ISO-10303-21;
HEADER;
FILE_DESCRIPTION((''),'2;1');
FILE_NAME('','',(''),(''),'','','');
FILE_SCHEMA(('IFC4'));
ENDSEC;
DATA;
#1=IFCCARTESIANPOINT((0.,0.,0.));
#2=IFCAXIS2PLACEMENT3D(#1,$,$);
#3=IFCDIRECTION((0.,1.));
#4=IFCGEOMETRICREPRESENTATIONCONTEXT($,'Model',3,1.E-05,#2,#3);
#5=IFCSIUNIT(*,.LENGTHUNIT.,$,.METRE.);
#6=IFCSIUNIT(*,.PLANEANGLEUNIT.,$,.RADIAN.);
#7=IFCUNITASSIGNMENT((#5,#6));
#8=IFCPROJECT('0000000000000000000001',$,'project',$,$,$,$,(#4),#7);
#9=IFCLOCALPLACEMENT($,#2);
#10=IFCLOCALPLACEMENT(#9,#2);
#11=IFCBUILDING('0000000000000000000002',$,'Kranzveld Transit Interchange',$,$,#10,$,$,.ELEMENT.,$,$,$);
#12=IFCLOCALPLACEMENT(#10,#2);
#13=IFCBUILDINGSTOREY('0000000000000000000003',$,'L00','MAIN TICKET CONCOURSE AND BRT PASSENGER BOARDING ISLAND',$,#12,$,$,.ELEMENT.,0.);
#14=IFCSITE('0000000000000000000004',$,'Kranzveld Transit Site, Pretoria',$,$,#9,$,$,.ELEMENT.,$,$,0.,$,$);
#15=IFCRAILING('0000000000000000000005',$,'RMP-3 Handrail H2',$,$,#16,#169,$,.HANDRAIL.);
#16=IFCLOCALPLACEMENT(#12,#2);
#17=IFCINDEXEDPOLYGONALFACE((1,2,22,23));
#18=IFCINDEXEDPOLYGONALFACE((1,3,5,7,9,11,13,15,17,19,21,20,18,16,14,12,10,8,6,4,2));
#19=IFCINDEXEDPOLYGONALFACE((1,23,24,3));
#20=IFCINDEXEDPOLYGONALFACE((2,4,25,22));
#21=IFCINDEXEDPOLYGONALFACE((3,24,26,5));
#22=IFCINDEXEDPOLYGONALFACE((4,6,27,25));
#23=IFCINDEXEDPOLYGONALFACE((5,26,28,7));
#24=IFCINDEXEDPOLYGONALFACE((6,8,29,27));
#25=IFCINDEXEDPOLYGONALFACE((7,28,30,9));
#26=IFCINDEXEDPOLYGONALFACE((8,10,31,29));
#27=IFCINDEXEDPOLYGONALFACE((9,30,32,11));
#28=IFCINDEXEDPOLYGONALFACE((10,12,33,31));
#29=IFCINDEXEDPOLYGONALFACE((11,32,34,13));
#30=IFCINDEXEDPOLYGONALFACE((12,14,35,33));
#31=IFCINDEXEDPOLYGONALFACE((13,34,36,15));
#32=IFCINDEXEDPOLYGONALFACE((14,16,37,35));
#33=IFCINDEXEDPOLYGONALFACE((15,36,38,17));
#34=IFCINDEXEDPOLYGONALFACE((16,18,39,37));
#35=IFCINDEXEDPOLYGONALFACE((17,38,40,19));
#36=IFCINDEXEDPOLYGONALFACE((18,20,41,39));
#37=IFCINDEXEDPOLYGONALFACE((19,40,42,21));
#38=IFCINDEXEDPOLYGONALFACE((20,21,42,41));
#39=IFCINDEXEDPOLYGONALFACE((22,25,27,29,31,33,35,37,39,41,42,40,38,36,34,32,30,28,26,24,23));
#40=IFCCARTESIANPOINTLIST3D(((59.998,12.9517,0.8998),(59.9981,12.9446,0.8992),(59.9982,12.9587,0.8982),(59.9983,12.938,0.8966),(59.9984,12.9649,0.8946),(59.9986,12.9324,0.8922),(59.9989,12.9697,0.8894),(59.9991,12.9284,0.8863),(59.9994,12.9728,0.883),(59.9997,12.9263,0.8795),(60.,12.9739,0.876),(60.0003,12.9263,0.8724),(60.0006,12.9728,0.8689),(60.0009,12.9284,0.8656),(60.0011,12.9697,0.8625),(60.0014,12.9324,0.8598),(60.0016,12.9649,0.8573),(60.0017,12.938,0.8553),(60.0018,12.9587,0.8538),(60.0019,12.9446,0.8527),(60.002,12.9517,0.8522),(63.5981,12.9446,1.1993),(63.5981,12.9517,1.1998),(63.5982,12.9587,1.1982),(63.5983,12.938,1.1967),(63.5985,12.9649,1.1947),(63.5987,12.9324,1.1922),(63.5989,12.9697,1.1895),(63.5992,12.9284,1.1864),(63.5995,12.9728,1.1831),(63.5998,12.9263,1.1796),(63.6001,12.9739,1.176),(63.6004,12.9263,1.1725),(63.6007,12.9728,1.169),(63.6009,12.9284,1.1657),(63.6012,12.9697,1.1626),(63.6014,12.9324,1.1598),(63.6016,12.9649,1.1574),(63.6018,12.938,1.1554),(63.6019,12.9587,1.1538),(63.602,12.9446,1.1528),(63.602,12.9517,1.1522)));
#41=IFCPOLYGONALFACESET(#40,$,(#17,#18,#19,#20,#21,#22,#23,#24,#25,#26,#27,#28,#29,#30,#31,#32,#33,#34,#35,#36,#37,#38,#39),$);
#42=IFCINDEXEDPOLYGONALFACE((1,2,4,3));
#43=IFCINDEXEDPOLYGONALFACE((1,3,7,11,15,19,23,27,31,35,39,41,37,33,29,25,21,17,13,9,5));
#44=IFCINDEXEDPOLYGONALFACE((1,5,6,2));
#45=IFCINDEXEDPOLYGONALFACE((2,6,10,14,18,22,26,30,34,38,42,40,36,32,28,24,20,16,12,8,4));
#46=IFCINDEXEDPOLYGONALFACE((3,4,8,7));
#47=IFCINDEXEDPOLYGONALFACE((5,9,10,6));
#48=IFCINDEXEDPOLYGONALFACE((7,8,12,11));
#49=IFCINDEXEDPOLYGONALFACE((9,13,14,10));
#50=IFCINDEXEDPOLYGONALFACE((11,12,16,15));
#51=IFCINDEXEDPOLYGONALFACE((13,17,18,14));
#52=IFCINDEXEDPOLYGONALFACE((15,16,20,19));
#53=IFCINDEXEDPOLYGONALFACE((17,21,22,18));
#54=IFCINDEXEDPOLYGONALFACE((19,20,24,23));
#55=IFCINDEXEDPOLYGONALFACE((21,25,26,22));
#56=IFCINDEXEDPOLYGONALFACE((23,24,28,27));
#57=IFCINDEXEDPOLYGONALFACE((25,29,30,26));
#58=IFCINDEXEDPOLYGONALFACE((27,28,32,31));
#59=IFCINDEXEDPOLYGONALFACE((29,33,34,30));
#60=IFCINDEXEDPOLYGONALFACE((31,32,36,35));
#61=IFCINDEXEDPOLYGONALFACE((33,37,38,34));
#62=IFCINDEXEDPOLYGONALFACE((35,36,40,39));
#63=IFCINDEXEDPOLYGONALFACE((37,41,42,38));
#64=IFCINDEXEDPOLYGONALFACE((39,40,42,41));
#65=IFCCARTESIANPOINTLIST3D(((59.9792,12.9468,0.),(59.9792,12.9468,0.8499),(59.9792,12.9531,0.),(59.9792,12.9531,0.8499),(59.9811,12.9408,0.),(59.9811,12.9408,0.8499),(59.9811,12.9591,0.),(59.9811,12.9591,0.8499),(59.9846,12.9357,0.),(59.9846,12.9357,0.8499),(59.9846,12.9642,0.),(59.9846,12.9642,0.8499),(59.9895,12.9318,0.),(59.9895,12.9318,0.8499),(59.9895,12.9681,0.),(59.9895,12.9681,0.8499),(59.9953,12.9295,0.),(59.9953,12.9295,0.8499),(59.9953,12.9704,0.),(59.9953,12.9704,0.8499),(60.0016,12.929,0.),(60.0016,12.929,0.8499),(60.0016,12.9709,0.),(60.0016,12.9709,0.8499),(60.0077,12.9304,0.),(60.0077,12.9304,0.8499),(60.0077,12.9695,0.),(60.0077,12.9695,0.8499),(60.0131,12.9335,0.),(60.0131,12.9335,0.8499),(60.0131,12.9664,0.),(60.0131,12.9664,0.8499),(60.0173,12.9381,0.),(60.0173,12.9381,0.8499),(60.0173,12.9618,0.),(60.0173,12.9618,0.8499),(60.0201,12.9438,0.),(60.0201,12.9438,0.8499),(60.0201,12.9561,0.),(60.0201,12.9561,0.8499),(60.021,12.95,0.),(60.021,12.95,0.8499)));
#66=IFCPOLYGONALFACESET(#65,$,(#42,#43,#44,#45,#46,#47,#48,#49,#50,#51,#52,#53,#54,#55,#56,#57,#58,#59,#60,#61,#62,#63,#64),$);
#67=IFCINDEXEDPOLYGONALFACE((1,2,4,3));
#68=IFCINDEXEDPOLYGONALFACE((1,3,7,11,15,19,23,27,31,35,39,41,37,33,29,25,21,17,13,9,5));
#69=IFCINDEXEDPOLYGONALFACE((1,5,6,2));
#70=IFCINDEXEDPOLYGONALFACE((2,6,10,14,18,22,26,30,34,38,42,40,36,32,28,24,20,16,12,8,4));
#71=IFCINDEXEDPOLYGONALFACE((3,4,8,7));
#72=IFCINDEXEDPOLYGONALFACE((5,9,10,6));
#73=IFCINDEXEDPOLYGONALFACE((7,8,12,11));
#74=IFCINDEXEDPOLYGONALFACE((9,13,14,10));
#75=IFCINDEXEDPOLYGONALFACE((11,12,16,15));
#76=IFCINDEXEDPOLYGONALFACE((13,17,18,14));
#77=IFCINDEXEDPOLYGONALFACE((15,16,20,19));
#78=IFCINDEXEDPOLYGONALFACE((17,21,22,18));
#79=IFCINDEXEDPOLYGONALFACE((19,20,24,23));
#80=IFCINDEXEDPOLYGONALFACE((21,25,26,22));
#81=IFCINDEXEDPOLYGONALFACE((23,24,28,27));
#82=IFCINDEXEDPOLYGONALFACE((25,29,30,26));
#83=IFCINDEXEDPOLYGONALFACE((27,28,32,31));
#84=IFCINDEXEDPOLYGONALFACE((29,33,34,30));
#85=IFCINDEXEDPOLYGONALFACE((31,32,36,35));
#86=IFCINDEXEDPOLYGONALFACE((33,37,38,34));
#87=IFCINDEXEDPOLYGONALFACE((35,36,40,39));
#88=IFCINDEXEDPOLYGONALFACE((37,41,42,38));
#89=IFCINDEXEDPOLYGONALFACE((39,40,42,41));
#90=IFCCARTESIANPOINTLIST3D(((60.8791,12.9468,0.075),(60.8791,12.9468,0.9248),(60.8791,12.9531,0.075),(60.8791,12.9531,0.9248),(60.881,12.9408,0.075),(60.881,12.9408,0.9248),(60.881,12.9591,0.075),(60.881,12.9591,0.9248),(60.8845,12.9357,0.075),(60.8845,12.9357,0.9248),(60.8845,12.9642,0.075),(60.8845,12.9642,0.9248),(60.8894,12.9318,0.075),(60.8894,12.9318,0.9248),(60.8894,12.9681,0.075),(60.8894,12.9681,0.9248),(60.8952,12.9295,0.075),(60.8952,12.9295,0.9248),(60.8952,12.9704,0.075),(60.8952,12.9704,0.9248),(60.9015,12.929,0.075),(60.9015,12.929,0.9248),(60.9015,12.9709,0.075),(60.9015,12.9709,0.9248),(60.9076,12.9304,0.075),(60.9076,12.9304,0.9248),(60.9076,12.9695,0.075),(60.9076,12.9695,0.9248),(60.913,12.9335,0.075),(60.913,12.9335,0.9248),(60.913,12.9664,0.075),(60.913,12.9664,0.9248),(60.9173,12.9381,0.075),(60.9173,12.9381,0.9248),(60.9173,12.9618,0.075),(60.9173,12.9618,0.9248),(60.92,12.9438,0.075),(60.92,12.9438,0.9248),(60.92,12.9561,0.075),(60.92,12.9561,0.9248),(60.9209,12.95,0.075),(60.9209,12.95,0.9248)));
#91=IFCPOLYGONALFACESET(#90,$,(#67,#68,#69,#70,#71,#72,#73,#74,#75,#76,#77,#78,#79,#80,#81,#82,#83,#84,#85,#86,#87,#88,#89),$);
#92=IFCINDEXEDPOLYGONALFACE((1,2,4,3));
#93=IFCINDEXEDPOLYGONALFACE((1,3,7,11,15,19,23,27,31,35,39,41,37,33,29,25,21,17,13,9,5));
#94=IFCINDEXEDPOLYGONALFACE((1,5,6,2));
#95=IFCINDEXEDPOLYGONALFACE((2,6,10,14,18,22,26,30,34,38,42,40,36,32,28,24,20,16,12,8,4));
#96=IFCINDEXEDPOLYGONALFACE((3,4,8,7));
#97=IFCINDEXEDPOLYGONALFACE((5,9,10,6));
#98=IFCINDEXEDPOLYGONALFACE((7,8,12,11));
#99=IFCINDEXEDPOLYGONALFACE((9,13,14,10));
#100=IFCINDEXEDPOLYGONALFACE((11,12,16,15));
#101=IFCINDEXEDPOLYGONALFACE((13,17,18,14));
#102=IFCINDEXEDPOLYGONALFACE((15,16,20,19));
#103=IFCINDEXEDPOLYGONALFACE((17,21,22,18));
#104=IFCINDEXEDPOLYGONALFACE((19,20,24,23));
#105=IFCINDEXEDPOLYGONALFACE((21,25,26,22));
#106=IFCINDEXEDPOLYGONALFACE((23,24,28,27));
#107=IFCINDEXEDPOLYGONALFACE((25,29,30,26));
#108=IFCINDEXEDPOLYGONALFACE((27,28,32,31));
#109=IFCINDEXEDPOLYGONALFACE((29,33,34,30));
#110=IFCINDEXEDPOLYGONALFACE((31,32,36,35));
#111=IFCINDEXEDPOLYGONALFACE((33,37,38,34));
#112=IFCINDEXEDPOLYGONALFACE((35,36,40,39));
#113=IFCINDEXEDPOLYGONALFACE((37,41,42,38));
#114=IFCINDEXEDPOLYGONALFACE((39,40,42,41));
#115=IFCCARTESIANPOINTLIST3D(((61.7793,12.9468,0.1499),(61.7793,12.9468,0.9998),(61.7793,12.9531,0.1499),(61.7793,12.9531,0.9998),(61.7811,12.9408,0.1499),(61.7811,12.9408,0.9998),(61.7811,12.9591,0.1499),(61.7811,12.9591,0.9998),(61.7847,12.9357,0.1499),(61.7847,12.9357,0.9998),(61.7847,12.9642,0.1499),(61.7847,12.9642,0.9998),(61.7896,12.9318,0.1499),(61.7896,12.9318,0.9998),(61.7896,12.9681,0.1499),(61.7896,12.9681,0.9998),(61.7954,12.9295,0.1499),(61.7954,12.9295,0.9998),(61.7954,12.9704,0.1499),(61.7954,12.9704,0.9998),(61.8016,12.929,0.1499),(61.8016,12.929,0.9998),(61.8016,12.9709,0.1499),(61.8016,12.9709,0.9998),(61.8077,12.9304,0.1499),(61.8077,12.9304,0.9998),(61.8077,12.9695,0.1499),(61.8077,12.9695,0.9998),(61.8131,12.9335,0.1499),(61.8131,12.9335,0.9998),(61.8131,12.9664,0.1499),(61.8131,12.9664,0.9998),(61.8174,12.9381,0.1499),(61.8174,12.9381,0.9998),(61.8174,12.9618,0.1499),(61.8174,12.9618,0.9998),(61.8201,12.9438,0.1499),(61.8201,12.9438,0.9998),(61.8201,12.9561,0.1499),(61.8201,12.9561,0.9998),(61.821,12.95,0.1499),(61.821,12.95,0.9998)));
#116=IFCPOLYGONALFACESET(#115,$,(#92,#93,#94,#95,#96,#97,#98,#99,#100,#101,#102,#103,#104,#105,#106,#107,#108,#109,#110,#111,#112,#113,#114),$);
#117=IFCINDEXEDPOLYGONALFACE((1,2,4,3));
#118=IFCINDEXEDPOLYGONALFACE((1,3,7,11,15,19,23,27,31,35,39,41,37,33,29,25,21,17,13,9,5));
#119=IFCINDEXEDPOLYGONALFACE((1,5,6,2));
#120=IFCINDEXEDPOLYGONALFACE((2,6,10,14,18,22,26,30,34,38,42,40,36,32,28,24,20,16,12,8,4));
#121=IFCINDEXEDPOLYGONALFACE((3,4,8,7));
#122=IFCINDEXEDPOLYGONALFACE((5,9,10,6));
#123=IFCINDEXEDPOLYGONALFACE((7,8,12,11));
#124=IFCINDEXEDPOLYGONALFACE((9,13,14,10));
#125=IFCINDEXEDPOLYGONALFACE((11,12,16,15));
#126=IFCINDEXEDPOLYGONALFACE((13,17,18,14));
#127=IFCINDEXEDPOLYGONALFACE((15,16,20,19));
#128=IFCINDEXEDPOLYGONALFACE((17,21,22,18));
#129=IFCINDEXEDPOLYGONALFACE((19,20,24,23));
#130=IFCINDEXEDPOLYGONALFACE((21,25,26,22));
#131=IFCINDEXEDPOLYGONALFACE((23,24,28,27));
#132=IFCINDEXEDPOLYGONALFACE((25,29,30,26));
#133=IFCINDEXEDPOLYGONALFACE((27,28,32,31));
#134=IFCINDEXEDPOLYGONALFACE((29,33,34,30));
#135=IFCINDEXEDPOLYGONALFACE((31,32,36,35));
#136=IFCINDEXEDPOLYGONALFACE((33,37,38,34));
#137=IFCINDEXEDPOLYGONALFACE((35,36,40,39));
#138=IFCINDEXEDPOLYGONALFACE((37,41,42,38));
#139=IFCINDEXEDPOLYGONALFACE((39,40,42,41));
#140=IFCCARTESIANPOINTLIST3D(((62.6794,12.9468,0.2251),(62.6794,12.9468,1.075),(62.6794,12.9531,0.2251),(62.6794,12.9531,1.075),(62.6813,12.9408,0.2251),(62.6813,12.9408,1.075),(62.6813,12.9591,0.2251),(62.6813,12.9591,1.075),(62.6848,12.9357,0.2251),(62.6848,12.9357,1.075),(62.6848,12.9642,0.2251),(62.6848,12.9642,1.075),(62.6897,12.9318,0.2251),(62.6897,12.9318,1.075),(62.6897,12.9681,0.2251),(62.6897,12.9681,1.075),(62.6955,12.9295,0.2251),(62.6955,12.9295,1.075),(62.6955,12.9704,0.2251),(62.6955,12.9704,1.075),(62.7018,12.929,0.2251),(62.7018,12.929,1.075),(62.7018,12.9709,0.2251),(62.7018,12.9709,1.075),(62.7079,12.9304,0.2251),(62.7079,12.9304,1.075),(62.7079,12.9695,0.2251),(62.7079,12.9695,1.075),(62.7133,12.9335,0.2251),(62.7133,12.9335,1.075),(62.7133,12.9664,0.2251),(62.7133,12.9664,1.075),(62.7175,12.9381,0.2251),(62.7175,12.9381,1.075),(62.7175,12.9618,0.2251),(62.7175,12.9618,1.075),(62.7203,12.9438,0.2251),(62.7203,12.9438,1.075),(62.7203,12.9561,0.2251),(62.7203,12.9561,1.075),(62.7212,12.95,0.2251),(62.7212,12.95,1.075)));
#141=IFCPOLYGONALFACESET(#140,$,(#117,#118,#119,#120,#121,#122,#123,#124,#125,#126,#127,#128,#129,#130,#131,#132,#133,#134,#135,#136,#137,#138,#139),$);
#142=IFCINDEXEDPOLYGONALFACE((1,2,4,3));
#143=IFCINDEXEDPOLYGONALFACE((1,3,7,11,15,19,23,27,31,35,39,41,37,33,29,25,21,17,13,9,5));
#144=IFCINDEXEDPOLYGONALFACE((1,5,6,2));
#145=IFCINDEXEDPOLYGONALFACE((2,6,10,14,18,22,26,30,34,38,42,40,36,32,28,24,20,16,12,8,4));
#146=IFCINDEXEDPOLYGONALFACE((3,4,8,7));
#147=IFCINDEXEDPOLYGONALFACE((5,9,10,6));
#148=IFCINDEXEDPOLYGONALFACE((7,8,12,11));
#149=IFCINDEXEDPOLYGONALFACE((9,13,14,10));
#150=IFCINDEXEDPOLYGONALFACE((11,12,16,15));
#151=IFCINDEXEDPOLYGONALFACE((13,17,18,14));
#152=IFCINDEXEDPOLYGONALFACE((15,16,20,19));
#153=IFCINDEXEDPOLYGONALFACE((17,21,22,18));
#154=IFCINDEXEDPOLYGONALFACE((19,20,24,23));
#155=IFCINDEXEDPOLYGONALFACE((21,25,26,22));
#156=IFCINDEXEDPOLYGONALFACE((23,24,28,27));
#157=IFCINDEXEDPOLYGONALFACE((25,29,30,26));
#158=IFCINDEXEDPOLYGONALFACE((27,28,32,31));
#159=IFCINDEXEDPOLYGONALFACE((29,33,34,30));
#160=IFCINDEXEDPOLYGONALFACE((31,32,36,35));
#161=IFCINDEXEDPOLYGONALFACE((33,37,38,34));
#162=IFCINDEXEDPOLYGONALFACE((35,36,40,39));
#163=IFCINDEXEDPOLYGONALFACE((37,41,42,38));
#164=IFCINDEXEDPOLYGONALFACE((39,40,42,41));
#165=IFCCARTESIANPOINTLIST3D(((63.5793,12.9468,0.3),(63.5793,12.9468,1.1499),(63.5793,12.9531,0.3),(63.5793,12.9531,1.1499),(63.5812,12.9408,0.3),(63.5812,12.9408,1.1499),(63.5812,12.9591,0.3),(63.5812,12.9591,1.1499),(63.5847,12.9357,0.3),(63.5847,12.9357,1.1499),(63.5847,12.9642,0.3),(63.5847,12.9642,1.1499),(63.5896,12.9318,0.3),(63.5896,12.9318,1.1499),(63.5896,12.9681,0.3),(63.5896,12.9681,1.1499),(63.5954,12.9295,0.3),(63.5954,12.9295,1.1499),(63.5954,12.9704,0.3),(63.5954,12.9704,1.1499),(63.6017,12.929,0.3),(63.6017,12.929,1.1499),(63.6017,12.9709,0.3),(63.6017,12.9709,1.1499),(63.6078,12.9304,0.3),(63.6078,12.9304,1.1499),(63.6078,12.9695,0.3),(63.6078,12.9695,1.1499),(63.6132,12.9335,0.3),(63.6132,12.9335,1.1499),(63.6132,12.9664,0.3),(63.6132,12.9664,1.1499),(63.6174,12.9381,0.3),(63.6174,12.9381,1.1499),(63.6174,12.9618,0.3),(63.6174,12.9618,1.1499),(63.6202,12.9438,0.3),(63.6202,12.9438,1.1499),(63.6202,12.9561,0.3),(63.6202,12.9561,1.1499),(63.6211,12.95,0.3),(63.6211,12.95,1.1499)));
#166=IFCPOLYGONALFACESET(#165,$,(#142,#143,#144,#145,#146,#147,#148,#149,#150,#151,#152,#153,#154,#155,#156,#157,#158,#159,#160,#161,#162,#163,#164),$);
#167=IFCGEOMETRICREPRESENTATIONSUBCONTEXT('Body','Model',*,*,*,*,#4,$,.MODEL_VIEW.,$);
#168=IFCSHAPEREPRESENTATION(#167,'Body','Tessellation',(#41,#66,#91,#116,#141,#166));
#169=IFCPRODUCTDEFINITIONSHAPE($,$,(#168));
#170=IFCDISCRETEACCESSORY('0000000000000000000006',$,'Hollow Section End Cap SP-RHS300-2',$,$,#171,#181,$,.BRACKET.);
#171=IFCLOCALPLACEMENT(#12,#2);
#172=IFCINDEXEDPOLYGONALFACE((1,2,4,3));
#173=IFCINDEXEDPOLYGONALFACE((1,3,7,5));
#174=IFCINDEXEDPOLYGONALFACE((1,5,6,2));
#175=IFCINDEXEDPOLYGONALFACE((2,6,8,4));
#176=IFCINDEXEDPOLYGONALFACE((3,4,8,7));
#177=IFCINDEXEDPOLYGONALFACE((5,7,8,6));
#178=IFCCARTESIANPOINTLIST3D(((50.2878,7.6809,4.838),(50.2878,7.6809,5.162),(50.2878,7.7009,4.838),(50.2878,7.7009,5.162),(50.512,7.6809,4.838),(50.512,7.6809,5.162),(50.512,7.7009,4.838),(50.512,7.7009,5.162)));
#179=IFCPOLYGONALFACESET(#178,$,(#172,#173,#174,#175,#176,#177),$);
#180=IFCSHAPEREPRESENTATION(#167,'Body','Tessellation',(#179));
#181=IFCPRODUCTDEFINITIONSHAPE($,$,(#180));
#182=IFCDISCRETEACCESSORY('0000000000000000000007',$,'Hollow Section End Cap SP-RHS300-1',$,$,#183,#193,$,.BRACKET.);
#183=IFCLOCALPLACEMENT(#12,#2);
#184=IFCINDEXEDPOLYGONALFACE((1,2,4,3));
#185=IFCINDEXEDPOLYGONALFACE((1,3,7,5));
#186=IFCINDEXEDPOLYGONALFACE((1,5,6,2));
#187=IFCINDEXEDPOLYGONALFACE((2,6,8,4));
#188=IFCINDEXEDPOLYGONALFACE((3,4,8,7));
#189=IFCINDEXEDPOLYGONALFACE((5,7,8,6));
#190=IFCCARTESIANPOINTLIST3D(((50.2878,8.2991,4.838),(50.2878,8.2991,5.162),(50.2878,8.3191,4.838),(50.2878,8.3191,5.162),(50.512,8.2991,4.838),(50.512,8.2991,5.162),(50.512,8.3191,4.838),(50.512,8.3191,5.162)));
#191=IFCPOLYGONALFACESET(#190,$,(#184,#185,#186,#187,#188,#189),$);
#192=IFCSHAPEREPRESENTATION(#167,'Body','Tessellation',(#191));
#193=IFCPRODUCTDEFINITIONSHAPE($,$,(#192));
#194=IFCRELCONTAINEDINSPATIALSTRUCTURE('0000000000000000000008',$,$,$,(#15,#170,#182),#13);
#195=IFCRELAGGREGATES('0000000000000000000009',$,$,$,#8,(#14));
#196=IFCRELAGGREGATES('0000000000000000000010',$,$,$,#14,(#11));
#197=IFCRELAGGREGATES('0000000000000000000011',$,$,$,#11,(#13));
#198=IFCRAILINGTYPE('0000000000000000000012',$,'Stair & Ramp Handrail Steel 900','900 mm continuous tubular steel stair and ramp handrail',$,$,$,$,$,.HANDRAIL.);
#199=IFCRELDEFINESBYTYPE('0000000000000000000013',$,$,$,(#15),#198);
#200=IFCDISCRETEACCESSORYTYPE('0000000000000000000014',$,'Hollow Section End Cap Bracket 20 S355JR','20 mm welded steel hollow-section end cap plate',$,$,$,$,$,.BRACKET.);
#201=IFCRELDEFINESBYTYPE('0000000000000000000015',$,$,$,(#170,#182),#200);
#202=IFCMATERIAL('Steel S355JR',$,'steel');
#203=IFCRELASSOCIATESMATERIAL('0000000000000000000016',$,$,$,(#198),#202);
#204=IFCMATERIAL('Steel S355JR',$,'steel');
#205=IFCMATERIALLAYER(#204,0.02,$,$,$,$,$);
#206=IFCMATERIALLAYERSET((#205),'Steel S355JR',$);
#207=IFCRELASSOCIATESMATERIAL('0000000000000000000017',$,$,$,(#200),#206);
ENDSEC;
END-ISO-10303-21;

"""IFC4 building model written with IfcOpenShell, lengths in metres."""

from ifc_helpers import new_model, si_unit, direction, frame, origin, origin_2d, place, context, subcontext, project, spatial, rectangle, circle, extrude, material, layer, layer_set, type_object, element, save


model = new_model("IFC4")

# Units and contexts
model_context = context("Model", 3, precision=1e-05, world=origin(), true_north=direction((0.0, 1.0)))
body_context = subcontext(model_context, "Body", "Model", "MODEL_VIEW")
ifc_project = project(units=[si_unit("LENGTHUNIT", "METRE"), si_unit("PLANEANGLEUNIT", "RADIAN")], contexts=[model_context])

# Site, building, storey
site_placement = place(None, origin())
site = spatial("IfcSite", under=ifc_project, at=site_placement, Name="Kranzveld Transit Site, Pretoria", CompositionType="ELEMENT", RefElevation=0.0)
building_placement = place(site_placement, origin())
building = spatial("IfcBuilding", under=site, at=building_placement, Name="Kranzveld Transit Interchange", CompositionType="ELEMENT")
storey_placement = place(building_placement, origin())
storey = spatial("IfcBuildingStorey", under=building, at=storey_placement, Name="L00", Description="MAIN TICKET CONCOURSE AND BRT PASSENGER BOARDING ISLAND", CompositionType="ELEMENT", Elevation=0.0)

# Railing
ifc_material_1 = material(Name="Steel S355JR", Category="steel")
railing_type = type_object("IfcRailingType", Name="Stair & Ramp Handrail Steel 900", Description="900 mm continuous tubular steel stair and ramp handrail", PredefinedType="HANDRAIL", material=ifc_material_1)
for number, where, name in (
    (1, (60.0, 12.95, 0.0), "RMP-3 Handrail H2"),
):
    element("IfcRailing", number, at=place(storey_placement, frame(where)), inside=storey, type_object=railing_type, Name=name, PredefinedType="HANDRAIL", context=body_context, shape_type="SweptSolid", body=[
        extrude(circle(Radius=0.0239, at=origin_2d()), frame((0.0, 0.0, 0.876), z_axis=(0.996545, 0.0, 0.083057), x_axis=(0.0, 1.0, 0.0)), (0.0, 0.0, 1.0), 3.6125),
        extrude(circle(Radius=0.021, at=origin_2d()), origin(), (0.0, 0.0, 1.0), 0.8499),
        extrude(circle(Radius=0.021, at=origin_2d()), frame((0.8999, 0.0, 0.075)), (0.0, 0.0, 1.0), 0.8499),
        extrude(circle(Radius=0.021, at=origin_2d()), frame((1.8, 0.0, 0.1499)), (0.0, 0.0, 1.0), 0.8499),
        extrude(circle(Radius=0.021, at=origin_2d()), frame((2.7002, 0.0, 0.2251)), (0.0, 0.0, 1.0), 0.8499),
        extrude(circle(Radius=0.021, at=origin_2d()), frame((3.6001, 0.0, 0.3)), (0.0, 0.0, 1.0), 0.8499),
    ])

# Discrete accessories
ifc_material_2 = material(Name="Steel S355JR", Category="steel")
ifc_layer_1 = layer(ifc_material_2, 0.02)
ifc_layer_set_1 = layer_set([ifc_layer_1], Name="Steel S355JR")
discrete_accessory_type = type_object("IfcDiscreteAccessoryType", Name="Hollow Section End Cap Bracket 20 S355JR", Description="20 mm welded steel hollow-section end cap plate", PredefinedType="BRACKET", material=ifc_layer_set_1)
for number, where, z_axis, x_axis, name in (
    (2, (50.3999, 7.6809, 5.0), (0.0, 1.0, 0.0), (-1.0, 0.0, 0.0), "Hollow Section End Cap SP-RHS300-2"),
    (3, (50.3999, 8.3191, 5.0), (0.0, -1.0, 0.0), (1.0, 0.0, 0.0), "Hollow Section End Cap SP-RHS300-1"),
):
    element("IfcDiscreteAccessory", number, at=place(storey_placement, frame(where, z_axis=z_axis, x_axis=x_axis)), inside=storey, type_object=discrete_accessory_type, Name=name, PredefinedType="BRACKET", context=body_context, shape_type="SweptSolid", body=[
        extrude(rectangle(XDim=0.2241, YDim=0.324, at=origin_2d()), origin(), (0.0, 0.0, 1.0), 0.02),
    ])

save(model, "model.ifc")
